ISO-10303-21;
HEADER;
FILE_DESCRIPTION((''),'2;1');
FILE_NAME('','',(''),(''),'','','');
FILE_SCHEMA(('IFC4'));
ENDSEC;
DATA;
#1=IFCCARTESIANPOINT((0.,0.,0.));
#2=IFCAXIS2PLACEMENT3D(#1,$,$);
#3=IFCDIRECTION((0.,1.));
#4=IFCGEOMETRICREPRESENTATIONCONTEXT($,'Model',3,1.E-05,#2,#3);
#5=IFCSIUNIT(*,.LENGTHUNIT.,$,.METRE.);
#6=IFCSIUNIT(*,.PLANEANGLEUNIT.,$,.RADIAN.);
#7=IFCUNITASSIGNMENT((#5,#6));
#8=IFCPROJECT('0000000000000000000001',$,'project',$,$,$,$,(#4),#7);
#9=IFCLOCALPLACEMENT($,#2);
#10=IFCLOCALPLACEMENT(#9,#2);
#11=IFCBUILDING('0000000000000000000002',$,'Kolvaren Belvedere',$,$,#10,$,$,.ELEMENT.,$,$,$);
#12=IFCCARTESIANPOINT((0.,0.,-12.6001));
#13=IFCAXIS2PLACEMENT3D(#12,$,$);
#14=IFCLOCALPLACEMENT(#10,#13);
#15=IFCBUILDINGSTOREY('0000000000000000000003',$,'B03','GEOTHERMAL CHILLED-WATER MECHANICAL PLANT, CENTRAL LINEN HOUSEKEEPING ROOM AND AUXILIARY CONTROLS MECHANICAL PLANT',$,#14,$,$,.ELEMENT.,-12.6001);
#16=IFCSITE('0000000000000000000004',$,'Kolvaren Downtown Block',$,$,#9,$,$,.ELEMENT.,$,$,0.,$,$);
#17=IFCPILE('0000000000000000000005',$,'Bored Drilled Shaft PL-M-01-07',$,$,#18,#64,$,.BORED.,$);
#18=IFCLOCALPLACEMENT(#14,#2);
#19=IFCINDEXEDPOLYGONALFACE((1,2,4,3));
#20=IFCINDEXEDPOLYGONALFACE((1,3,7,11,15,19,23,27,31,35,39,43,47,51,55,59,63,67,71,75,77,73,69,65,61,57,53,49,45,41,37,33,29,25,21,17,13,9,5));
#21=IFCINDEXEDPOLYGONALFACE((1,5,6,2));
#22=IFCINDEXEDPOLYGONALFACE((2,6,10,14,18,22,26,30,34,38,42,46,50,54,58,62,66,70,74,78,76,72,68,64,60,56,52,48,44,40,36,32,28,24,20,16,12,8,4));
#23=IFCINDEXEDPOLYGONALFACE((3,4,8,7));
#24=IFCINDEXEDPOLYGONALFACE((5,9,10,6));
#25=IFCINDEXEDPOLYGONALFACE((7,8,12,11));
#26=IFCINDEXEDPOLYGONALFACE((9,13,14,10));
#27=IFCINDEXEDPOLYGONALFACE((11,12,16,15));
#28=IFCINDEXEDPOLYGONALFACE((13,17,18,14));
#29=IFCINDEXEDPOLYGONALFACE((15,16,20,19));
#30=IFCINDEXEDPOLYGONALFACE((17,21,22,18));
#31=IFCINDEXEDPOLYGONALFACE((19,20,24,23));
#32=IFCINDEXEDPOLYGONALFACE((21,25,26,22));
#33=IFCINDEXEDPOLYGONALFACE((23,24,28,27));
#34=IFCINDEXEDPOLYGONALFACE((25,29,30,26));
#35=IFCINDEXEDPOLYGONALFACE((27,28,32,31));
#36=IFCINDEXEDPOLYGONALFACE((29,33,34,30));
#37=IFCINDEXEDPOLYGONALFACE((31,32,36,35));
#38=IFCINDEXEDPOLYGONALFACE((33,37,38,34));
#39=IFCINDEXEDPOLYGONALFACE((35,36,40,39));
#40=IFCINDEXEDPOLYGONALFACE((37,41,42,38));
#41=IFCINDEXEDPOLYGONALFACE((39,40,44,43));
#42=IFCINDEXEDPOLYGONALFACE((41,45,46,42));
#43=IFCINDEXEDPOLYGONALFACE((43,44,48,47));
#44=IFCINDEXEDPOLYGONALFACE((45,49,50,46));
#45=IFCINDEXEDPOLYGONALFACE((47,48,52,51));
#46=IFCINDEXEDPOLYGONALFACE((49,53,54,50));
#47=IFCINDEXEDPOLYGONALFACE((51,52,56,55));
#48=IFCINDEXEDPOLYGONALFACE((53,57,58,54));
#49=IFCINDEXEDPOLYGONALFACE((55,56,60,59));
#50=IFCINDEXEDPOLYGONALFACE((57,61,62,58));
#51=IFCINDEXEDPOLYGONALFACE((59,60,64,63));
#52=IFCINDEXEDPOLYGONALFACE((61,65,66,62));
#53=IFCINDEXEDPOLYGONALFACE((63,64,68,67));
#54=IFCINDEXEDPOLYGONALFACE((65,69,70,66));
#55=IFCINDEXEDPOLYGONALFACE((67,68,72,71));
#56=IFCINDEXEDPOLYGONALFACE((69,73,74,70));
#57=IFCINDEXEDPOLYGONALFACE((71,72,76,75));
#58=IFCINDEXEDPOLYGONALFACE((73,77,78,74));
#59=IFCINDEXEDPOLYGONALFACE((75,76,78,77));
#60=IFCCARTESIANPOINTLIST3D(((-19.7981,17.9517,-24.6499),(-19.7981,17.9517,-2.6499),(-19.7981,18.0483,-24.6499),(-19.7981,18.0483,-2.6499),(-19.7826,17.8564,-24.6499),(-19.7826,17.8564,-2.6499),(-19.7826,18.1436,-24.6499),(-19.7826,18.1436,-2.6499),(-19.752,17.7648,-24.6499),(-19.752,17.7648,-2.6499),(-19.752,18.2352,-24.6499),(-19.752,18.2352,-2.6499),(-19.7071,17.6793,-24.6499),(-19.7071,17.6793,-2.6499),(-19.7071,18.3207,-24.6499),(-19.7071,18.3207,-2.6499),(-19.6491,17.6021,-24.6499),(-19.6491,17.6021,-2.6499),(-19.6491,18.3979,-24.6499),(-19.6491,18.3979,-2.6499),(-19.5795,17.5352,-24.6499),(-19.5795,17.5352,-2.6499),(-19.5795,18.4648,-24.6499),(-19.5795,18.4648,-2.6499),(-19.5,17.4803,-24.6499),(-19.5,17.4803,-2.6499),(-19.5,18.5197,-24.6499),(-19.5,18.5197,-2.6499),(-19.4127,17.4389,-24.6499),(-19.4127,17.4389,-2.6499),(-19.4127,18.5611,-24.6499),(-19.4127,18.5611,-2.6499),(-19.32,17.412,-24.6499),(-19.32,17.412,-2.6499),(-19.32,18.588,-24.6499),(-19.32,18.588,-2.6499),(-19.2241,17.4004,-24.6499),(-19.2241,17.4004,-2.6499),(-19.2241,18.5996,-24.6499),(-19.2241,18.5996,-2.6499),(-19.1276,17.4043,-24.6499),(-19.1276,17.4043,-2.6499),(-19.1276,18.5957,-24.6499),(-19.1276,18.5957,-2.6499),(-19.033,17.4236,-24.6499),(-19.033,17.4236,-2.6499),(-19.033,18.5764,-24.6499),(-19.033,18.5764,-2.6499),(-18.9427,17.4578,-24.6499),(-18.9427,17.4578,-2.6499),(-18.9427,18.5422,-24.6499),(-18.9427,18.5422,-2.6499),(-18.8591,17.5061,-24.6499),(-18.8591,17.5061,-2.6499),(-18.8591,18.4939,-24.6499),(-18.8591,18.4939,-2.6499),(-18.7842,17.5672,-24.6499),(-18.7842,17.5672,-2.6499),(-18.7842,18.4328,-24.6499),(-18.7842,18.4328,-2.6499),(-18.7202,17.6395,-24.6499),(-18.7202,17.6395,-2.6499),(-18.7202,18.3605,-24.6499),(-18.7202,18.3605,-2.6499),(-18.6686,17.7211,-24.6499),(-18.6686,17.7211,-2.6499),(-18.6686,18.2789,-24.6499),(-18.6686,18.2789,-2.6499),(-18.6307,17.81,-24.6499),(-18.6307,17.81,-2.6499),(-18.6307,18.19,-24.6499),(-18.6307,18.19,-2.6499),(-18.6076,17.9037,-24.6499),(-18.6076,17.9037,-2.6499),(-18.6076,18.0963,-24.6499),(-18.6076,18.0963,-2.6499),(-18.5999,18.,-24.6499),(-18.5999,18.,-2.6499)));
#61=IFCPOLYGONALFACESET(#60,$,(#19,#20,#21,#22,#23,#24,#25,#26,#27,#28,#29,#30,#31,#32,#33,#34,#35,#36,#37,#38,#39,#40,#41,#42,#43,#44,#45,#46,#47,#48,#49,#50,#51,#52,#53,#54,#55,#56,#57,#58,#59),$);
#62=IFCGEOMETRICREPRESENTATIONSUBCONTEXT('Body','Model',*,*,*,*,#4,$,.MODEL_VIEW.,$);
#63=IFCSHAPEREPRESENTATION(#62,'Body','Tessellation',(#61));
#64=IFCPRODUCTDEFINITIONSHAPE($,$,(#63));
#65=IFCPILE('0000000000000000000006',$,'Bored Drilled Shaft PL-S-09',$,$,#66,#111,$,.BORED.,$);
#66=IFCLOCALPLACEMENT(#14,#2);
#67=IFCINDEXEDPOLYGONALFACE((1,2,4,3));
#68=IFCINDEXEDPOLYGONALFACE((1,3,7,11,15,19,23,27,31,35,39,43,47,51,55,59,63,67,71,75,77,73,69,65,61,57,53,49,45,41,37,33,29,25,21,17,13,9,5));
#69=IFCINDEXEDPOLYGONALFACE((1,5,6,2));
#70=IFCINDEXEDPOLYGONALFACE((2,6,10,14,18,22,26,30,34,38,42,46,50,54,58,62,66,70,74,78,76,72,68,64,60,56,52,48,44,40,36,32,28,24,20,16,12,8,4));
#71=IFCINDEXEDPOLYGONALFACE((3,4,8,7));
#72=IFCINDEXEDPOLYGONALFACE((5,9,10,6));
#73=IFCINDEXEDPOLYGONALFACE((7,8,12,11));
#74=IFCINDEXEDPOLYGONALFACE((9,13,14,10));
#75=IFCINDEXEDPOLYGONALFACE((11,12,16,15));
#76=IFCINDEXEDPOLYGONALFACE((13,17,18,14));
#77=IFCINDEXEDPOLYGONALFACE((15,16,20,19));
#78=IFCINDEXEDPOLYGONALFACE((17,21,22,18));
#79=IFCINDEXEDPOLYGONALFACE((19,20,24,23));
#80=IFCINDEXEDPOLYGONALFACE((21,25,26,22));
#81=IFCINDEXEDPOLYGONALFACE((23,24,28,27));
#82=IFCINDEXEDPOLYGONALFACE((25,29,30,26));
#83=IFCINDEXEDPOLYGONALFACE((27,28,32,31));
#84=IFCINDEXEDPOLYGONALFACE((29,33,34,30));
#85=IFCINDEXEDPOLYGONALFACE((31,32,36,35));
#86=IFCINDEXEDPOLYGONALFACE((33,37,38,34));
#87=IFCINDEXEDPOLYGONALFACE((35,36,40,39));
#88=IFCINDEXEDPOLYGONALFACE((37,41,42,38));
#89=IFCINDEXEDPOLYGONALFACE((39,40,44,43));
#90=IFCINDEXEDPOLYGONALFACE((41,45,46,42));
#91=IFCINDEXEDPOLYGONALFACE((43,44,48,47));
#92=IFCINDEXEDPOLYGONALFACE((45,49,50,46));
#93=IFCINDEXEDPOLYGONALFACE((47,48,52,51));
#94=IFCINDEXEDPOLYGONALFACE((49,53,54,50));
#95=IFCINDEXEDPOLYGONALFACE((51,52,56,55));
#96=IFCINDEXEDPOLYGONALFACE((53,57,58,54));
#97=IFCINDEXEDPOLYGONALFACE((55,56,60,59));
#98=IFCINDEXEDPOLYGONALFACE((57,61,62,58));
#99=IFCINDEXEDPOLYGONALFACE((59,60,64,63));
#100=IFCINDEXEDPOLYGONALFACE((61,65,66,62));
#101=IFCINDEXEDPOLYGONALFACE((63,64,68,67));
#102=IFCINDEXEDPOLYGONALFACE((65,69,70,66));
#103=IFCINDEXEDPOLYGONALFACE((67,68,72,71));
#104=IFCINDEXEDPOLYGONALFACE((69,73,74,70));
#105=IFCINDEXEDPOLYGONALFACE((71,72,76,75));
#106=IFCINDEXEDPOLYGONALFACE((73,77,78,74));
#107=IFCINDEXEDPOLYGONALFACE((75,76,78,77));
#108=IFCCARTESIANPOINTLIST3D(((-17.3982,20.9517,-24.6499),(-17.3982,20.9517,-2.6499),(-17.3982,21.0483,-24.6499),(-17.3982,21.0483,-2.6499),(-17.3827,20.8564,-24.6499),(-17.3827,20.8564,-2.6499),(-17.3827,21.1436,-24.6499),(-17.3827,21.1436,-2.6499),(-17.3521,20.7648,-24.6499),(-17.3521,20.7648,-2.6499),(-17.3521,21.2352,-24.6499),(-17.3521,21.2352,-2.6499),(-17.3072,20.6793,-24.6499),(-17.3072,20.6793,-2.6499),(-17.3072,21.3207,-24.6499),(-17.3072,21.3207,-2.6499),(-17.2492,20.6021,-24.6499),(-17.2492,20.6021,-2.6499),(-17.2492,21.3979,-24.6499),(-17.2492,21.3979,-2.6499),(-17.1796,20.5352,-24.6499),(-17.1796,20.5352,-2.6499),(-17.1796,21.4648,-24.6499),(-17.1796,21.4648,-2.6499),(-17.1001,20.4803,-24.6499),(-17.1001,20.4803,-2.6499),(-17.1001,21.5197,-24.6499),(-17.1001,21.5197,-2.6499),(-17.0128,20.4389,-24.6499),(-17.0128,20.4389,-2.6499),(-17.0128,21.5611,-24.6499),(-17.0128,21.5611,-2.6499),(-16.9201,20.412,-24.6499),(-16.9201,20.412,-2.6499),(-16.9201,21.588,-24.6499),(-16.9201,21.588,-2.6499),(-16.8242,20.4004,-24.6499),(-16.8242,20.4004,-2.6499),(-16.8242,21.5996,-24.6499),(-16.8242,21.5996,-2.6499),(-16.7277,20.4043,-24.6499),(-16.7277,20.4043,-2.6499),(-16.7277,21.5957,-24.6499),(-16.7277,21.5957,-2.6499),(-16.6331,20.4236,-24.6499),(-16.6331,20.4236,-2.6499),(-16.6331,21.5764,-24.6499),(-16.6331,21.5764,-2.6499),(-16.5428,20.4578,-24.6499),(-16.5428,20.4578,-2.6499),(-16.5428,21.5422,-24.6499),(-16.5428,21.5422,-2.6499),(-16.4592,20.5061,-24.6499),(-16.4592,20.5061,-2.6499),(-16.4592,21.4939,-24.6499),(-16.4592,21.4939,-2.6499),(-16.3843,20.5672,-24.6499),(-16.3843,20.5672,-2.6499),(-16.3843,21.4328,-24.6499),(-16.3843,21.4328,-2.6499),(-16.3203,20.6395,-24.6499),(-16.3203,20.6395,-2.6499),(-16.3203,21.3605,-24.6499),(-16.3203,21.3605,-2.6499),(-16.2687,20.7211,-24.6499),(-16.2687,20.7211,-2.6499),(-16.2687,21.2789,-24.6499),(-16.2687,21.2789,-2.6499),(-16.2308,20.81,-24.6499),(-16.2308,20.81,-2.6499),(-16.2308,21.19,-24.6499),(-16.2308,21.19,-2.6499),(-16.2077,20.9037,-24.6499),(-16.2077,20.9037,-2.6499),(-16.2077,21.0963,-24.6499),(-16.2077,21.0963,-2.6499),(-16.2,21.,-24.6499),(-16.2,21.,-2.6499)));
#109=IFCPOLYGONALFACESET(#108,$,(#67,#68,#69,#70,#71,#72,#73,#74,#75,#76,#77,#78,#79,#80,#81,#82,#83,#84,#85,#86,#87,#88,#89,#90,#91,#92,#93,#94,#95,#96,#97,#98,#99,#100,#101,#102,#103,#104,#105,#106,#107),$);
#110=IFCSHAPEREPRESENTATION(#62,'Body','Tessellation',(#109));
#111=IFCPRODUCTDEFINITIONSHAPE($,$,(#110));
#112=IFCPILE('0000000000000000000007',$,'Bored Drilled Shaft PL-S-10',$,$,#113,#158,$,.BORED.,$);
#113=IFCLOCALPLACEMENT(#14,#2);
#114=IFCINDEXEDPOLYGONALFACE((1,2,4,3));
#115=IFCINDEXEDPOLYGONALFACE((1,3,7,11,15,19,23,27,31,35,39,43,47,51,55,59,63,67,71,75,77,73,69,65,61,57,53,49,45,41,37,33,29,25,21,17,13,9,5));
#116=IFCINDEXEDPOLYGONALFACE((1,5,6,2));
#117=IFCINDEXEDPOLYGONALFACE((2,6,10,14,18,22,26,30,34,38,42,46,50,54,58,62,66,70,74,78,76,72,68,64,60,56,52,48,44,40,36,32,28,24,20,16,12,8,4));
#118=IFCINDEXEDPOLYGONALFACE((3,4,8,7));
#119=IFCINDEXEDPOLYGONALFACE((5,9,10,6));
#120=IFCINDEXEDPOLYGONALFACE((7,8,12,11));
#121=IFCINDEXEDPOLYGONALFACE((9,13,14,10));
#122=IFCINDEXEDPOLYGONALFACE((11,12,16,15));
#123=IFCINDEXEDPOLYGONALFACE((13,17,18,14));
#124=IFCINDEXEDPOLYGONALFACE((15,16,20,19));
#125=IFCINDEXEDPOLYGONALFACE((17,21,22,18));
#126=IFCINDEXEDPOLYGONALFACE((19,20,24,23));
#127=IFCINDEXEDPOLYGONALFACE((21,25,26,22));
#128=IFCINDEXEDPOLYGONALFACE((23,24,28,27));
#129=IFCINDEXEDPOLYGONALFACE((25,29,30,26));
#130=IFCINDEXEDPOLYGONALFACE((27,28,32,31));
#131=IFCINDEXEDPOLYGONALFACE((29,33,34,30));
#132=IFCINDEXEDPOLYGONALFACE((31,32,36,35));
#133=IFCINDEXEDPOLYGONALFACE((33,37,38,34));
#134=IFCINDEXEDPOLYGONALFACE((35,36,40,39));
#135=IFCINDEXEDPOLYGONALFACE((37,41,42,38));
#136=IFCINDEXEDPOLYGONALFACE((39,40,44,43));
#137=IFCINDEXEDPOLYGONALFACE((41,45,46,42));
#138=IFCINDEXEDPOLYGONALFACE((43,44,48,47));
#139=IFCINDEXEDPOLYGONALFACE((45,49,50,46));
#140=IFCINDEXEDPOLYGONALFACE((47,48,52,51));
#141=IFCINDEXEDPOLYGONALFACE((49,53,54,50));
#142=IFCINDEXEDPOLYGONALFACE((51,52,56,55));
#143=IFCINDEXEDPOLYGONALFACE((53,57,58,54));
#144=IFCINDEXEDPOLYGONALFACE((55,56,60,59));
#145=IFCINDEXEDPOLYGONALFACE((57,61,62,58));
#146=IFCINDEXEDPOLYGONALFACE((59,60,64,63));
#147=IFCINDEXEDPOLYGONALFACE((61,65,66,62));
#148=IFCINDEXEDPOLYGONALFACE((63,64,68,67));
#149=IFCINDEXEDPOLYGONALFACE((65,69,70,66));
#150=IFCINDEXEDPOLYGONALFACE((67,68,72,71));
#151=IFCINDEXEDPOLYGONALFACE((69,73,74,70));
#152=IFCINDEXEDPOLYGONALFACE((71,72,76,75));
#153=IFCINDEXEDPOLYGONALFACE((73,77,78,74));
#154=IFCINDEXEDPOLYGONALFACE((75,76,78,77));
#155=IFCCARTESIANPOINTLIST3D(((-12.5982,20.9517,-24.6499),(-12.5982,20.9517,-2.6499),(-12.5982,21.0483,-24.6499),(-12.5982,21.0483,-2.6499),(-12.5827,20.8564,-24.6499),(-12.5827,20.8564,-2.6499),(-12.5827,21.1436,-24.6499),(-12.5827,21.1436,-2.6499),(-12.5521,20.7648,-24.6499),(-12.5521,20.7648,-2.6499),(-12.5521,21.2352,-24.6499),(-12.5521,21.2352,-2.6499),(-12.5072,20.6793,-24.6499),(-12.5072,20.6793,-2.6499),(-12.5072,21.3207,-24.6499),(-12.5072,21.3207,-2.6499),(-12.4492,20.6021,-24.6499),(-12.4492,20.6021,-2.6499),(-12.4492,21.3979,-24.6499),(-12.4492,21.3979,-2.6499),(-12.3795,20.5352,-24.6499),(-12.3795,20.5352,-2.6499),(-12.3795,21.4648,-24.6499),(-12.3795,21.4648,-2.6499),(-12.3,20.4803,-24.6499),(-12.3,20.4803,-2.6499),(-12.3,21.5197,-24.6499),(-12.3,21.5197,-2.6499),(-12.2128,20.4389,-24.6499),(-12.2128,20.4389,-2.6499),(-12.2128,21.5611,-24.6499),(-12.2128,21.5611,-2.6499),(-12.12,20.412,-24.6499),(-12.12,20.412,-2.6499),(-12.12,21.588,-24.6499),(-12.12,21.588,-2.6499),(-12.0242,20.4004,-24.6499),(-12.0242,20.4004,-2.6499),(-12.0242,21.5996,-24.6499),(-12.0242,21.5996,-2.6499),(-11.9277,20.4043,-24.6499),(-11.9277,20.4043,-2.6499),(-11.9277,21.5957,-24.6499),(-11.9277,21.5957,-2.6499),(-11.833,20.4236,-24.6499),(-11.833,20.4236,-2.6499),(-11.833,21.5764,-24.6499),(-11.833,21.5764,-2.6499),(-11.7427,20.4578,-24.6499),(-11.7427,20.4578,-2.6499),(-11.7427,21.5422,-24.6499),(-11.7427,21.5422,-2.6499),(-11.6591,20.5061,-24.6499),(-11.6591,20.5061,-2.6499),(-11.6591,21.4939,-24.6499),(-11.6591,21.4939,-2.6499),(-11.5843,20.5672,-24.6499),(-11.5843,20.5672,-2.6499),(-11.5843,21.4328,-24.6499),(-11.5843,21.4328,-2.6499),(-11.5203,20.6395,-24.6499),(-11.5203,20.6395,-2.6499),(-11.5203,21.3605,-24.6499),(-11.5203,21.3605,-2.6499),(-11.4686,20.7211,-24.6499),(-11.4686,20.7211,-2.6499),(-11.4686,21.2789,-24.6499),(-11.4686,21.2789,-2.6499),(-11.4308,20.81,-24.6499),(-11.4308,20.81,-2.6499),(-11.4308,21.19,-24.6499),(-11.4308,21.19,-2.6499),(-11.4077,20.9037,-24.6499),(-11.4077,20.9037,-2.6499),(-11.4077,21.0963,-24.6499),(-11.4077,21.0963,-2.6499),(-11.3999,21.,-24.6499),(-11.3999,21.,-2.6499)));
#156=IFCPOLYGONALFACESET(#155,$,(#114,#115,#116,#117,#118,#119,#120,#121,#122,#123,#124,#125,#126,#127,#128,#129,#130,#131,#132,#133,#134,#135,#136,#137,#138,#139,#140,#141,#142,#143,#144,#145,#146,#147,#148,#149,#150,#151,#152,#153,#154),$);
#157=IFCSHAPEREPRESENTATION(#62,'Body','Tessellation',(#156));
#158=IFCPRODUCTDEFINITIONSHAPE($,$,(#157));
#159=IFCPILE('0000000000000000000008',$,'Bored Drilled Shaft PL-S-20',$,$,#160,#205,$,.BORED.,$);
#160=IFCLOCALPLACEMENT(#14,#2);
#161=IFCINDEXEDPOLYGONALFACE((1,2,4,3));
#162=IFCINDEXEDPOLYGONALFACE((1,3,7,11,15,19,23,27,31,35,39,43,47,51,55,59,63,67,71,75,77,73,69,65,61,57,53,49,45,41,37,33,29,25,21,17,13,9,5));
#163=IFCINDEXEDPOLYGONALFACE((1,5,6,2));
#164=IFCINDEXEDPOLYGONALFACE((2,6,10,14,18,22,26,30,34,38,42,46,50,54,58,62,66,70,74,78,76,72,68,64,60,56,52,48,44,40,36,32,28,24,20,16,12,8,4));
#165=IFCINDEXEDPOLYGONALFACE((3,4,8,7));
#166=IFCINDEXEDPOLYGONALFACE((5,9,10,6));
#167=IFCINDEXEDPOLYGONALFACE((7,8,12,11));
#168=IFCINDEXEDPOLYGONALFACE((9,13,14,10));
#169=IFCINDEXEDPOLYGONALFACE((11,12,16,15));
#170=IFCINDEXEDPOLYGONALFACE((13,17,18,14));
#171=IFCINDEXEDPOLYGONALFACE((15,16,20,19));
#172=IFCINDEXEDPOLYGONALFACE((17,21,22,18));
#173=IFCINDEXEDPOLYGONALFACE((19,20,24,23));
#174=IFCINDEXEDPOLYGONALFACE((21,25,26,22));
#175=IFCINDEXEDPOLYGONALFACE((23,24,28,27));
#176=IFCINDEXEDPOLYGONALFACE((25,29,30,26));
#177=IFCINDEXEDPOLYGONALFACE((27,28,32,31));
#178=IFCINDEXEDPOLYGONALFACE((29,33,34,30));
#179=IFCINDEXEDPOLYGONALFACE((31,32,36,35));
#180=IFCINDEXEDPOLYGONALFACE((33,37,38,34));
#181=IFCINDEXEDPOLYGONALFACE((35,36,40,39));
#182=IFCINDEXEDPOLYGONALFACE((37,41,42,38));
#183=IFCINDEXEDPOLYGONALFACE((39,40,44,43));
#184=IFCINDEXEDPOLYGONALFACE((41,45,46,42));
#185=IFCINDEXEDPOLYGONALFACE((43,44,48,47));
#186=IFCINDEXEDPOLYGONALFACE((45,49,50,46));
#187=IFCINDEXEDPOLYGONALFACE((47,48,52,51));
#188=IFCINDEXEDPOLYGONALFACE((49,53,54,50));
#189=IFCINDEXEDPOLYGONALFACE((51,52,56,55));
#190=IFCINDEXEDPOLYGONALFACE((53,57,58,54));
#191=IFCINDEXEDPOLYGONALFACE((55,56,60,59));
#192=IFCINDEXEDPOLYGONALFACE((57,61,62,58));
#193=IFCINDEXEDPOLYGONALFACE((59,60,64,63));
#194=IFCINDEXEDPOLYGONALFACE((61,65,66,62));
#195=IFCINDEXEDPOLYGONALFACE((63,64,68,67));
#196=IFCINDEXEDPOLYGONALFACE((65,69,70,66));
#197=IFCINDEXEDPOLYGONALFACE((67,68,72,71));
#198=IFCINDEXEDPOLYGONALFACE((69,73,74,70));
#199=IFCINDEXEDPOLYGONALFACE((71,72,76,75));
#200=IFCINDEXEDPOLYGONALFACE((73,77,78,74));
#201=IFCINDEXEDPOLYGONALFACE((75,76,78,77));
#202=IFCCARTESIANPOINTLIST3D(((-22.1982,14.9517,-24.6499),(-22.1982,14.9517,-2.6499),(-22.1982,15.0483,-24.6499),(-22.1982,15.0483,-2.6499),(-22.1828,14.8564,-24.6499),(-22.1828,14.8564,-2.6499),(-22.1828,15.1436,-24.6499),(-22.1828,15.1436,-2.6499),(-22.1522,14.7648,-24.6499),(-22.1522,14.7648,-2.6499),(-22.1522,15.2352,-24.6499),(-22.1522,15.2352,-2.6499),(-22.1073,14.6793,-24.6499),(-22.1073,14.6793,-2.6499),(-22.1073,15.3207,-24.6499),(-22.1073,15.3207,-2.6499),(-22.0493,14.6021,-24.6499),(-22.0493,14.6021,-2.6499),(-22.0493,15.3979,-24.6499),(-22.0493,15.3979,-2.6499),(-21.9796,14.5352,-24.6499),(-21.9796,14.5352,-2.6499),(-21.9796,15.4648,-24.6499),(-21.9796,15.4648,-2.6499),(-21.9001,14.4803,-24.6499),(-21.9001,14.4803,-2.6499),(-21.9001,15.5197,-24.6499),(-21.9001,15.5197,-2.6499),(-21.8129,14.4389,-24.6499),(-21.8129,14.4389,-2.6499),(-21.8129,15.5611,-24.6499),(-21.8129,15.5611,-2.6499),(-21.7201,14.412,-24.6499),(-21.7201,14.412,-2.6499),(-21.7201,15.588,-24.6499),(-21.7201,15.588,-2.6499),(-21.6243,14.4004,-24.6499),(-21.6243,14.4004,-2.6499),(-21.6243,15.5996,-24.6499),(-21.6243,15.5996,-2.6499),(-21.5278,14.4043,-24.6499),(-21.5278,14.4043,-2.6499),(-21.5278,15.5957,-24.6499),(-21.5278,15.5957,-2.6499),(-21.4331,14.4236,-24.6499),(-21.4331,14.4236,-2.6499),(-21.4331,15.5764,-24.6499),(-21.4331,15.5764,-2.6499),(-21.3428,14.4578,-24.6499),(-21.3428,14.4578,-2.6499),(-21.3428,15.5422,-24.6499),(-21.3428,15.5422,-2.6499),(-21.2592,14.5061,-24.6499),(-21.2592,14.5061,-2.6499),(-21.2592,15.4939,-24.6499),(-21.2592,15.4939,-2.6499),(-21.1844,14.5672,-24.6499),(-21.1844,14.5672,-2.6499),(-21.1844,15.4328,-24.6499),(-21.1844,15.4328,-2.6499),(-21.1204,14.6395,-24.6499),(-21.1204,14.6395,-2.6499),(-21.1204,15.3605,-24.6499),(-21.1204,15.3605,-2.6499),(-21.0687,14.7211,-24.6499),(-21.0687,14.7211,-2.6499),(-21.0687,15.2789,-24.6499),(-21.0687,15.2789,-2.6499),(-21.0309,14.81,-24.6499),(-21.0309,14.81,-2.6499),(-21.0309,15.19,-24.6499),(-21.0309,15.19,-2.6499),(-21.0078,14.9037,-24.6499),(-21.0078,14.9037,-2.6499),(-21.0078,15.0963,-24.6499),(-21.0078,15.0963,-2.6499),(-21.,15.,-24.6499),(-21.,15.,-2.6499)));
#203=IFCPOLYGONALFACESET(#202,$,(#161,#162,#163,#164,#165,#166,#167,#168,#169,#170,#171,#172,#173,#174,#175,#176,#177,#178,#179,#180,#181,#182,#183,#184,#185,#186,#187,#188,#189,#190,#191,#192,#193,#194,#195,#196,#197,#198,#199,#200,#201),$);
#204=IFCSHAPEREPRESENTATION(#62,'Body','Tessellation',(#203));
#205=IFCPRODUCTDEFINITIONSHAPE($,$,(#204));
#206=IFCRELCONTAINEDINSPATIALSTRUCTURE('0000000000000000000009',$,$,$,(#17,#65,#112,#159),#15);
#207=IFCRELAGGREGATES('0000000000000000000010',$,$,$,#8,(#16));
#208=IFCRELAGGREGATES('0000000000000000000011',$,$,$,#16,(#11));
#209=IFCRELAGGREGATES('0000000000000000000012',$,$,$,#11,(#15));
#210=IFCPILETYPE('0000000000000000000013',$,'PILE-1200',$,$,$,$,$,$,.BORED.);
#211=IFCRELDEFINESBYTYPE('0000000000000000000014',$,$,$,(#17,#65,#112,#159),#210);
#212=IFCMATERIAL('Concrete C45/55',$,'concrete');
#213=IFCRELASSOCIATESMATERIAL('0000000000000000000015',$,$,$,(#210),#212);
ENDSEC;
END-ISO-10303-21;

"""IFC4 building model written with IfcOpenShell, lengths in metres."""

from ifc_helpers import new_model, si_unit, direction, frame, origin, origin_2d, place, context, subcontext, project, spatial, circle, extrude, material, material_profile, profile_set, type_object, element, save


model = new_model("IFC4")

# Units and contexts
model_context = context("Model", 3, precision=1e-05, world=origin(), true_north=direction((0.0, 1.0)))
body_context = subcontext(model_context, "Body", "Model", "MODEL_VIEW")
ifc_project = project(units=[si_unit("LENGTHUNIT", "METRE"), si_unit("PLANEANGLEUNIT", "RADIAN")], contexts=[model_context])

# Site, building, storey
site_placement = place(None, origin())
site = spatial("IfcSite", under=ifc_project, at=site_placement, Name="Kolvaren Downtown Block", CompositionType="ELEMENT", RefElevation=0.0)
building_placement = place(site_placement, origin())
building = spatial("IfcBuilding", under=site, at=building_placement, Name="Kolvaren Belvedere", CompositionType="ELEMENT")
storey_placement = place(building_placement, frame((0.0, 0.0, -12.6001)))
storey = spatial("IfcBuildingStorey", under=building, at=storey_placement, Name="B03", Description="GEOTHERMAL CHILLED-WATER MECHANICAL PLANT, CENTRAL LINEN HOUSEKEEPING ROOM AND AUXILIARY CONTROLS MECHANICAL PLANT", CompositionType="ELEMENT", Elevation=-12.6001)

# Piles
ifc_material_1 = material(Name="Concrete C45/55", Category="concrete")
ifc_material_profile_1 = material_profile(ifc_material_1, circle(Radius=0.6001, at=origin_2d()), Name="BORED PILE D1200")
ifc_profile_set_1 = profile_set([ifc_material_profile_1], Name="Concrete C45/55")
pile_type_1 = type_object("IfcPileType", Name="PILE-1200", PredefinedType="BORED", material=ifc_profile_set_1)
for number, where, z_axis, x_axis, name in (
    (1, (-19.2, 18.0, -2.6499), (0.0, 0.0, -1.0), (1.0, 0.0, 0.0), "Bored Drilled Shaft PL-M-01-07"),
    (2, (-16.8, 21.0, -2.6499), (0.0, 0.0, -1.0), (1.0, 0.0, 0.0), "Bored Drilled Shaft PL-S-09"),
    (3, (-12.0, 21.0, -2.6499), (0.0, 0.0, -1.0), (1.0, 0.0, 0.0), "Bored Drilled Shaft PL-S-10"),
    (4, (-21.6001, 15.0, -2.6499), (0.0, 0.0, -1.0), (1.0, 0.0, 0.0), "Bored Drilled Shaft PL-S-20"),
):
    element("IfcPile", number, at=place(storey_placement, frame(where, z_axis=z_axis, x_axis=x_axis)), inside=storey, type_object=pile_type_1, Name=name, PredefinedType="BORED", context=body_context, shape_type="SweptSolid", body=[
        extrude(circle(Radius=0.6001, at=origin_2d()), origin(), (0.0, 0.0, 1.0), 22.0),
    ])

save(model, "model.ifc")
